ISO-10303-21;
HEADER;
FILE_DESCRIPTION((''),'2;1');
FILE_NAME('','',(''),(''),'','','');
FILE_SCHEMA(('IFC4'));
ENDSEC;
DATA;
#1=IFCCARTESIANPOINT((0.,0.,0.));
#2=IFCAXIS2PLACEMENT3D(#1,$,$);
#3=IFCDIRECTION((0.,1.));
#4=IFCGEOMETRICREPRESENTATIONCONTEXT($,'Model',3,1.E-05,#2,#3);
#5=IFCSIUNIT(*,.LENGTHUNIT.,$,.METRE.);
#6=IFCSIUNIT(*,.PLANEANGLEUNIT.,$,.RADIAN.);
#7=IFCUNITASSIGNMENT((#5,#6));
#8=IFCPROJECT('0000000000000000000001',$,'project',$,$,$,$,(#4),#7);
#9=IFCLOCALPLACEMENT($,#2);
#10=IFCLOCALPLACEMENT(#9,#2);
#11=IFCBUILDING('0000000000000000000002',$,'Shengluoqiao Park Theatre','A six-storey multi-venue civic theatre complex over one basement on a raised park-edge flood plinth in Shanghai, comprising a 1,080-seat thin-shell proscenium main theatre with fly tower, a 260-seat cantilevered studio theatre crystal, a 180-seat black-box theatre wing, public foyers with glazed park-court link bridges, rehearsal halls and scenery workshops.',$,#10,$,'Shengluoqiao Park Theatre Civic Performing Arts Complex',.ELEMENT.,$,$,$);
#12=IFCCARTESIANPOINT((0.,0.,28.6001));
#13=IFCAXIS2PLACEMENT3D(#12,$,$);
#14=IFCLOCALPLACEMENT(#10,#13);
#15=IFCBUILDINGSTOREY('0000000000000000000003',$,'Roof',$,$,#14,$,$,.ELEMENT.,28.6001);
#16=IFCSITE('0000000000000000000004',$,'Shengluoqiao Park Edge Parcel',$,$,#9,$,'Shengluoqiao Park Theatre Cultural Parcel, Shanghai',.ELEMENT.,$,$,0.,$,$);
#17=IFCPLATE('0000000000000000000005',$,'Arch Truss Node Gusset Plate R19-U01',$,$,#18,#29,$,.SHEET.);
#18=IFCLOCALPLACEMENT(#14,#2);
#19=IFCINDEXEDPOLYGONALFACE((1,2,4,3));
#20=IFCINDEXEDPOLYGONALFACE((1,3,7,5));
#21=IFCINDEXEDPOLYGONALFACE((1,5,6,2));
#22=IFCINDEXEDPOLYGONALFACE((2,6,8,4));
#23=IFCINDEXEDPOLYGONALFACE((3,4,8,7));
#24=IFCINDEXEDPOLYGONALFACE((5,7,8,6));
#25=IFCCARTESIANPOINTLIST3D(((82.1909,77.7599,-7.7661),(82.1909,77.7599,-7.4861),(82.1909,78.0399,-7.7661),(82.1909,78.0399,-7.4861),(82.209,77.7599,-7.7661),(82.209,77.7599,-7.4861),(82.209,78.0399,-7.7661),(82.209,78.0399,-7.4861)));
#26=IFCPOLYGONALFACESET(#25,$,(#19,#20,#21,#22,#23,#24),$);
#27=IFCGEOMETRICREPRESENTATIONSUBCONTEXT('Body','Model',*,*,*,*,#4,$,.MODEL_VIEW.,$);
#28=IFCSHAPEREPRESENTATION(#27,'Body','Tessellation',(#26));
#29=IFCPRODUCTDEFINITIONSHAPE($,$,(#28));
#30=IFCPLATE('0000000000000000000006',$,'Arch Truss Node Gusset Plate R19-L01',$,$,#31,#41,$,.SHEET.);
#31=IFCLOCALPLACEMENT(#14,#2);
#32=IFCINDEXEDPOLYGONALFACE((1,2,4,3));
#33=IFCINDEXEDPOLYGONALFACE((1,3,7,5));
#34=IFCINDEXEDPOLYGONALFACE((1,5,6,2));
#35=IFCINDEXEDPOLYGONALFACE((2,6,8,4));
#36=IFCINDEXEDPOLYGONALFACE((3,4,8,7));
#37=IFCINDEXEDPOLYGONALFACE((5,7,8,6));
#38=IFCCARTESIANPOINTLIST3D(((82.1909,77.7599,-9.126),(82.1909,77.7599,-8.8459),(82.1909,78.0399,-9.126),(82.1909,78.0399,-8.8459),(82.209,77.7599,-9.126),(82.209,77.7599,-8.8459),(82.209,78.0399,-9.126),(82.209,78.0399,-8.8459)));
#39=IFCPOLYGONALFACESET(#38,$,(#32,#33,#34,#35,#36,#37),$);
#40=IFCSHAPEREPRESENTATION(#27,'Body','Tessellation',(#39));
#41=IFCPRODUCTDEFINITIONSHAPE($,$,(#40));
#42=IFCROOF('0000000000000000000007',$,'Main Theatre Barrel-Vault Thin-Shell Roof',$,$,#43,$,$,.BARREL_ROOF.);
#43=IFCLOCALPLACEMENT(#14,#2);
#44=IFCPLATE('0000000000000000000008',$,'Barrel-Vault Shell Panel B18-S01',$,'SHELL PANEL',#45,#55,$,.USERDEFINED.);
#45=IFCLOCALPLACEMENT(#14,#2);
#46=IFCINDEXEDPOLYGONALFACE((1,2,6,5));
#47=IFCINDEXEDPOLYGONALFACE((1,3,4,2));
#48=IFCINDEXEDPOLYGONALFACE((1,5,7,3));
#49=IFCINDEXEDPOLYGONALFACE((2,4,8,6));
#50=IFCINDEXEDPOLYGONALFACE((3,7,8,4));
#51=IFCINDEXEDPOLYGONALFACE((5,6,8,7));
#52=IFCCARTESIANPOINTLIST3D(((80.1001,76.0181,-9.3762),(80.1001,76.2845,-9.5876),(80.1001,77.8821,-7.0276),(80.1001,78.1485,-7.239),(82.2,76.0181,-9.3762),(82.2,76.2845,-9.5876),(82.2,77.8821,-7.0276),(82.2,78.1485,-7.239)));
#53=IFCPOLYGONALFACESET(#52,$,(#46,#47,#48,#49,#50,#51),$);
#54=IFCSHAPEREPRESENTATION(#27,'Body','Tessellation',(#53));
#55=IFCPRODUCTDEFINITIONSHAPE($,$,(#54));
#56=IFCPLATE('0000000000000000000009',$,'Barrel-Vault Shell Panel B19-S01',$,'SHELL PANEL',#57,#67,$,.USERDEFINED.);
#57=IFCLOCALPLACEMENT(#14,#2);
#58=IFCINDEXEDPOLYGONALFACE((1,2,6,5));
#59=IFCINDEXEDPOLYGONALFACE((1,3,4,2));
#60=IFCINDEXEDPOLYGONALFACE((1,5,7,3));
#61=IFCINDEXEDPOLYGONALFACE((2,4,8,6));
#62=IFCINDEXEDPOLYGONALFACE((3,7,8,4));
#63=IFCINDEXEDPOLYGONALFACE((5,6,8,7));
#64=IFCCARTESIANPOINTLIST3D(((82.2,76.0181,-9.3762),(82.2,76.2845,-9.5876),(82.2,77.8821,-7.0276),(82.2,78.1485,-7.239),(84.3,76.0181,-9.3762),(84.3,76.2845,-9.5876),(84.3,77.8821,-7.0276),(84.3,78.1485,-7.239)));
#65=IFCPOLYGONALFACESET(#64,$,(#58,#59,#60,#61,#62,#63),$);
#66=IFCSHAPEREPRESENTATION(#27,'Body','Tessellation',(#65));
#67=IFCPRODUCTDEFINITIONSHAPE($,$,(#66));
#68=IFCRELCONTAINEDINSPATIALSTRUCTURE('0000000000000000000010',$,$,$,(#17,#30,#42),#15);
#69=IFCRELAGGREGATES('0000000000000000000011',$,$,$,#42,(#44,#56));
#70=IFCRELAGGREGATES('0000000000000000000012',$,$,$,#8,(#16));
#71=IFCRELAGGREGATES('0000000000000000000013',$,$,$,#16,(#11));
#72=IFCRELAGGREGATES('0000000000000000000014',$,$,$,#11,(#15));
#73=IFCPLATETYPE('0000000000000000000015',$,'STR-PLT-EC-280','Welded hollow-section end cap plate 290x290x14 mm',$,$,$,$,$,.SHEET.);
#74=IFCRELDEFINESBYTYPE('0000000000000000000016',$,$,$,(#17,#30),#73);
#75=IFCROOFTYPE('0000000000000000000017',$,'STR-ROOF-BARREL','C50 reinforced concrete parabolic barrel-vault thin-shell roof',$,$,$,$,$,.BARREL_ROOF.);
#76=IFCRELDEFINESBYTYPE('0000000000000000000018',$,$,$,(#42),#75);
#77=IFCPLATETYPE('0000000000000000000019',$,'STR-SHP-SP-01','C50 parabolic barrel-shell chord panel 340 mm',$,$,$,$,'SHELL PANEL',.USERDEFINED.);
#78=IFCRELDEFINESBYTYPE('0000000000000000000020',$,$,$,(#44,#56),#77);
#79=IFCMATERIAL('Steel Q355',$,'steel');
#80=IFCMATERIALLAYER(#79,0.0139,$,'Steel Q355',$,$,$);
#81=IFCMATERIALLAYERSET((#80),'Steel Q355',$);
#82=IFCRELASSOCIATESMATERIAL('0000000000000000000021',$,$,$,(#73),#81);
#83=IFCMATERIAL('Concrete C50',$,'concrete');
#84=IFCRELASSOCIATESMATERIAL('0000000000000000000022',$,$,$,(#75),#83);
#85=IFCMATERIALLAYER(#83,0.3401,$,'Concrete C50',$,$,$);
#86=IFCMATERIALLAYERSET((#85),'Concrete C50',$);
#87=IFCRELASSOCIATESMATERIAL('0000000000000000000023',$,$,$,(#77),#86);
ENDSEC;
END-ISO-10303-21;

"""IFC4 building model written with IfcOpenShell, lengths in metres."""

from ifc_helpers import new_model, si_unit, direction, frame, origin, origin_2d, place, context, subcontext, project, spatial, polyline, rectangle, outline, extrude, material, layer, layer_set, type_object, element, aggregate, save


model = new_model("IFC4")

# Units and contexts
model_context = context("Model", 3, precision=1e-05, world=origin(), true_north=direction((0.0, 1.0)))
body_context = subcontext(model_context, "Body", "Model", "MODEL_VIEW")
ifc_project = project(units=[si_unit("LENGTHUNIT", "METRE"), si_unit("PLANEANGLEUNIT", "RADIAN")], contexts=[model_context])

# Site, building, storey
site_placement = place(None, origin())
site = spatial("IfcSite", under=ifc_project, at=site_placement, Name="Shengluoqiao Park Edge Parcel", LongName="Shengluoqiao Park Theatre Cultural Parcel, Shanghai", CompositionType="ELEMENT", RefElevation=0.0)
building_placement = place(site_placement, origin())
building = spatial("IfcBuilding", under=site, at=building_placement, Name="Shengluoqiao Park Theatre", Description="A six-storey multi-venue civic theatre complex over one basement on a raised park-edge flood plinth in Shanghai, comprising a 1,080-seat thin-shell proscenium main theatre with fly tower, a 260-seat cantilevered studio theatre crystal, a 180-seat black-box theatre wing, public foyers with glazed park-court link bridges, rehearsal halls and scenery workshops.", LongName="Shengluoqiao Park Theatre Civic Performing Arts Complex", CompositionType="ELEMENT")
storey_placement = place(building_placement, frame((0.0, 0.0, 28.6001)))
storey = spatial("IfcBuildingStorey", under=building, at=storey_placement, Name="Roof", CompositionType="ELEMENT", Elevation=28.6001)

# Shared definitions
ifc_material_1 = material(Name="Concrete C50", Category="concrete")
ifc_material_2 = material(Name="Steel Q355", Category="steel")

# Plates
ifc_layer_1 = layer(ifc_material_2, 0.0139, Name="Steel Q355")
ifc_layer_set_1 = layer_set([ifc_layer_1], Name="Steel Q355")
plate_type_1 = type_object("IfcPlateType", Name="STR-PLT-EC-280", Description="Welded hollow-section end cap plate 290x290x14 mm", PredefinedType="SHEET", material=ifc_layer_set_1)
for number, where, z_axis, x_axis, name in (
    (1, (82.2, 77.8999, -7.7661), (0.0, 0.0, 1.0), (1.0, 0.0, 0.0), "Arch Truss Node Gusset Plate R19-U01"),
    (2, (82.2, 77.8999, -9.126), (0.0, 0.0, 1.0), (1.0, 0.0, 0.0), "Arch Truss Node Gusset Plate R19-L01"),
):
    element("IfcPlate", number, at=place(storey_placement, frame(where, z_axis=z_axis, x_axis=x_axis)), inside=storey, type_object=plate_type_1, Name=name, PredefinedType="SHEET", context=body_context, shape_type="SweptSolid", body=[
        extrude(rectangle(XDim=0.0181, YDim=0.28, at=origin_2d()), origin(), (0.0, 0.0, 1.0), 0.28),
    ])

# Roof, plates
roof_type = type_object("IfcRoofType", Name="STR-ROOF-BARREL", Description="C50 reinforced concrete parabolic barrel-vault thin-shell roof", PredefinedType="BARREL_ROOF", material=ifc_material_1)
roof_placement = place(storey_placement, origin())
roof = element("IfcRoof", 3, at=roof_placement, inside=storey, type_object=roof_type, Name="Main Theatre Barrel-Vault Thin-Shell Roof", PredefinedType="BARREL_ROOF")
ifc_layer_2 = layer(ifc_material_1, 0.3401, Name="Concrete C50")
ifc_layer_set_2 = layer_set([ifc_layer_2], Name="Concrete C50")
plate_type_2 = type_object("IfcPlateType", Name="STR-SHP-SP-01", Description="C50 parabolic barrel-shell chord panel 340 mm", ElementType="SHELL PANEL", PredefinedType="USERDEFINED", material=ifc_layer_set_2)
plate_1_placement = place(storey_placement, frame((80.1001, 76.0181, -9.3762), z_axis=(0.0, -0.783286, 0.621662), x_axis=(1.0, 0.0, 0.0)))
plate_1 = element("IfcPlate", 4, at=plate_1_placement, type_object=plate_type_2, Name="Barrel-Vault Shell Panel B18-S01", ObjectType="SHELL PANEL", PredefinedType="USERDEFINED", context=body_context, shape_type="SweptSolid", body=[
    extrude(outline(polyline([(0.0, 0.0), (2.0999, 0.0), (2.0999, 2.9984), (0.0, 2.9984), (0.0, 0.0)])), origin(), (0.0, 0.0, -1.0), 0.3401),
])
plate_2_placement = place(storey_placement, frame((82.2, 76.0181, -9.3762), z_axis=(0.0, -0.783286, 0.621662), x_axis=(1.0, 0.0, 0.0)))
plate_2 = element("IfcPlate", 5, at=plate_2_placement, type_object=plate_type_2, Name="Barrel-Vault Shell Panel B19-S01", ObjectType="SHELL PANEL", PredefinedType="USERDEFINED", context=body_context, shape_type="SweptSolid", body=[
    extrude(outline(polyline([(0.0, 0.0), (2.1001, 0.0), (2.1001, 2.9984), (0.0, 2.9984), (0.0, 0.0)])), origin(), (0.0, 0.0, -1.0), 0.3401),
])
aggregate(roof, [plate_1, plate_2])

save(model, "model.ifc")
